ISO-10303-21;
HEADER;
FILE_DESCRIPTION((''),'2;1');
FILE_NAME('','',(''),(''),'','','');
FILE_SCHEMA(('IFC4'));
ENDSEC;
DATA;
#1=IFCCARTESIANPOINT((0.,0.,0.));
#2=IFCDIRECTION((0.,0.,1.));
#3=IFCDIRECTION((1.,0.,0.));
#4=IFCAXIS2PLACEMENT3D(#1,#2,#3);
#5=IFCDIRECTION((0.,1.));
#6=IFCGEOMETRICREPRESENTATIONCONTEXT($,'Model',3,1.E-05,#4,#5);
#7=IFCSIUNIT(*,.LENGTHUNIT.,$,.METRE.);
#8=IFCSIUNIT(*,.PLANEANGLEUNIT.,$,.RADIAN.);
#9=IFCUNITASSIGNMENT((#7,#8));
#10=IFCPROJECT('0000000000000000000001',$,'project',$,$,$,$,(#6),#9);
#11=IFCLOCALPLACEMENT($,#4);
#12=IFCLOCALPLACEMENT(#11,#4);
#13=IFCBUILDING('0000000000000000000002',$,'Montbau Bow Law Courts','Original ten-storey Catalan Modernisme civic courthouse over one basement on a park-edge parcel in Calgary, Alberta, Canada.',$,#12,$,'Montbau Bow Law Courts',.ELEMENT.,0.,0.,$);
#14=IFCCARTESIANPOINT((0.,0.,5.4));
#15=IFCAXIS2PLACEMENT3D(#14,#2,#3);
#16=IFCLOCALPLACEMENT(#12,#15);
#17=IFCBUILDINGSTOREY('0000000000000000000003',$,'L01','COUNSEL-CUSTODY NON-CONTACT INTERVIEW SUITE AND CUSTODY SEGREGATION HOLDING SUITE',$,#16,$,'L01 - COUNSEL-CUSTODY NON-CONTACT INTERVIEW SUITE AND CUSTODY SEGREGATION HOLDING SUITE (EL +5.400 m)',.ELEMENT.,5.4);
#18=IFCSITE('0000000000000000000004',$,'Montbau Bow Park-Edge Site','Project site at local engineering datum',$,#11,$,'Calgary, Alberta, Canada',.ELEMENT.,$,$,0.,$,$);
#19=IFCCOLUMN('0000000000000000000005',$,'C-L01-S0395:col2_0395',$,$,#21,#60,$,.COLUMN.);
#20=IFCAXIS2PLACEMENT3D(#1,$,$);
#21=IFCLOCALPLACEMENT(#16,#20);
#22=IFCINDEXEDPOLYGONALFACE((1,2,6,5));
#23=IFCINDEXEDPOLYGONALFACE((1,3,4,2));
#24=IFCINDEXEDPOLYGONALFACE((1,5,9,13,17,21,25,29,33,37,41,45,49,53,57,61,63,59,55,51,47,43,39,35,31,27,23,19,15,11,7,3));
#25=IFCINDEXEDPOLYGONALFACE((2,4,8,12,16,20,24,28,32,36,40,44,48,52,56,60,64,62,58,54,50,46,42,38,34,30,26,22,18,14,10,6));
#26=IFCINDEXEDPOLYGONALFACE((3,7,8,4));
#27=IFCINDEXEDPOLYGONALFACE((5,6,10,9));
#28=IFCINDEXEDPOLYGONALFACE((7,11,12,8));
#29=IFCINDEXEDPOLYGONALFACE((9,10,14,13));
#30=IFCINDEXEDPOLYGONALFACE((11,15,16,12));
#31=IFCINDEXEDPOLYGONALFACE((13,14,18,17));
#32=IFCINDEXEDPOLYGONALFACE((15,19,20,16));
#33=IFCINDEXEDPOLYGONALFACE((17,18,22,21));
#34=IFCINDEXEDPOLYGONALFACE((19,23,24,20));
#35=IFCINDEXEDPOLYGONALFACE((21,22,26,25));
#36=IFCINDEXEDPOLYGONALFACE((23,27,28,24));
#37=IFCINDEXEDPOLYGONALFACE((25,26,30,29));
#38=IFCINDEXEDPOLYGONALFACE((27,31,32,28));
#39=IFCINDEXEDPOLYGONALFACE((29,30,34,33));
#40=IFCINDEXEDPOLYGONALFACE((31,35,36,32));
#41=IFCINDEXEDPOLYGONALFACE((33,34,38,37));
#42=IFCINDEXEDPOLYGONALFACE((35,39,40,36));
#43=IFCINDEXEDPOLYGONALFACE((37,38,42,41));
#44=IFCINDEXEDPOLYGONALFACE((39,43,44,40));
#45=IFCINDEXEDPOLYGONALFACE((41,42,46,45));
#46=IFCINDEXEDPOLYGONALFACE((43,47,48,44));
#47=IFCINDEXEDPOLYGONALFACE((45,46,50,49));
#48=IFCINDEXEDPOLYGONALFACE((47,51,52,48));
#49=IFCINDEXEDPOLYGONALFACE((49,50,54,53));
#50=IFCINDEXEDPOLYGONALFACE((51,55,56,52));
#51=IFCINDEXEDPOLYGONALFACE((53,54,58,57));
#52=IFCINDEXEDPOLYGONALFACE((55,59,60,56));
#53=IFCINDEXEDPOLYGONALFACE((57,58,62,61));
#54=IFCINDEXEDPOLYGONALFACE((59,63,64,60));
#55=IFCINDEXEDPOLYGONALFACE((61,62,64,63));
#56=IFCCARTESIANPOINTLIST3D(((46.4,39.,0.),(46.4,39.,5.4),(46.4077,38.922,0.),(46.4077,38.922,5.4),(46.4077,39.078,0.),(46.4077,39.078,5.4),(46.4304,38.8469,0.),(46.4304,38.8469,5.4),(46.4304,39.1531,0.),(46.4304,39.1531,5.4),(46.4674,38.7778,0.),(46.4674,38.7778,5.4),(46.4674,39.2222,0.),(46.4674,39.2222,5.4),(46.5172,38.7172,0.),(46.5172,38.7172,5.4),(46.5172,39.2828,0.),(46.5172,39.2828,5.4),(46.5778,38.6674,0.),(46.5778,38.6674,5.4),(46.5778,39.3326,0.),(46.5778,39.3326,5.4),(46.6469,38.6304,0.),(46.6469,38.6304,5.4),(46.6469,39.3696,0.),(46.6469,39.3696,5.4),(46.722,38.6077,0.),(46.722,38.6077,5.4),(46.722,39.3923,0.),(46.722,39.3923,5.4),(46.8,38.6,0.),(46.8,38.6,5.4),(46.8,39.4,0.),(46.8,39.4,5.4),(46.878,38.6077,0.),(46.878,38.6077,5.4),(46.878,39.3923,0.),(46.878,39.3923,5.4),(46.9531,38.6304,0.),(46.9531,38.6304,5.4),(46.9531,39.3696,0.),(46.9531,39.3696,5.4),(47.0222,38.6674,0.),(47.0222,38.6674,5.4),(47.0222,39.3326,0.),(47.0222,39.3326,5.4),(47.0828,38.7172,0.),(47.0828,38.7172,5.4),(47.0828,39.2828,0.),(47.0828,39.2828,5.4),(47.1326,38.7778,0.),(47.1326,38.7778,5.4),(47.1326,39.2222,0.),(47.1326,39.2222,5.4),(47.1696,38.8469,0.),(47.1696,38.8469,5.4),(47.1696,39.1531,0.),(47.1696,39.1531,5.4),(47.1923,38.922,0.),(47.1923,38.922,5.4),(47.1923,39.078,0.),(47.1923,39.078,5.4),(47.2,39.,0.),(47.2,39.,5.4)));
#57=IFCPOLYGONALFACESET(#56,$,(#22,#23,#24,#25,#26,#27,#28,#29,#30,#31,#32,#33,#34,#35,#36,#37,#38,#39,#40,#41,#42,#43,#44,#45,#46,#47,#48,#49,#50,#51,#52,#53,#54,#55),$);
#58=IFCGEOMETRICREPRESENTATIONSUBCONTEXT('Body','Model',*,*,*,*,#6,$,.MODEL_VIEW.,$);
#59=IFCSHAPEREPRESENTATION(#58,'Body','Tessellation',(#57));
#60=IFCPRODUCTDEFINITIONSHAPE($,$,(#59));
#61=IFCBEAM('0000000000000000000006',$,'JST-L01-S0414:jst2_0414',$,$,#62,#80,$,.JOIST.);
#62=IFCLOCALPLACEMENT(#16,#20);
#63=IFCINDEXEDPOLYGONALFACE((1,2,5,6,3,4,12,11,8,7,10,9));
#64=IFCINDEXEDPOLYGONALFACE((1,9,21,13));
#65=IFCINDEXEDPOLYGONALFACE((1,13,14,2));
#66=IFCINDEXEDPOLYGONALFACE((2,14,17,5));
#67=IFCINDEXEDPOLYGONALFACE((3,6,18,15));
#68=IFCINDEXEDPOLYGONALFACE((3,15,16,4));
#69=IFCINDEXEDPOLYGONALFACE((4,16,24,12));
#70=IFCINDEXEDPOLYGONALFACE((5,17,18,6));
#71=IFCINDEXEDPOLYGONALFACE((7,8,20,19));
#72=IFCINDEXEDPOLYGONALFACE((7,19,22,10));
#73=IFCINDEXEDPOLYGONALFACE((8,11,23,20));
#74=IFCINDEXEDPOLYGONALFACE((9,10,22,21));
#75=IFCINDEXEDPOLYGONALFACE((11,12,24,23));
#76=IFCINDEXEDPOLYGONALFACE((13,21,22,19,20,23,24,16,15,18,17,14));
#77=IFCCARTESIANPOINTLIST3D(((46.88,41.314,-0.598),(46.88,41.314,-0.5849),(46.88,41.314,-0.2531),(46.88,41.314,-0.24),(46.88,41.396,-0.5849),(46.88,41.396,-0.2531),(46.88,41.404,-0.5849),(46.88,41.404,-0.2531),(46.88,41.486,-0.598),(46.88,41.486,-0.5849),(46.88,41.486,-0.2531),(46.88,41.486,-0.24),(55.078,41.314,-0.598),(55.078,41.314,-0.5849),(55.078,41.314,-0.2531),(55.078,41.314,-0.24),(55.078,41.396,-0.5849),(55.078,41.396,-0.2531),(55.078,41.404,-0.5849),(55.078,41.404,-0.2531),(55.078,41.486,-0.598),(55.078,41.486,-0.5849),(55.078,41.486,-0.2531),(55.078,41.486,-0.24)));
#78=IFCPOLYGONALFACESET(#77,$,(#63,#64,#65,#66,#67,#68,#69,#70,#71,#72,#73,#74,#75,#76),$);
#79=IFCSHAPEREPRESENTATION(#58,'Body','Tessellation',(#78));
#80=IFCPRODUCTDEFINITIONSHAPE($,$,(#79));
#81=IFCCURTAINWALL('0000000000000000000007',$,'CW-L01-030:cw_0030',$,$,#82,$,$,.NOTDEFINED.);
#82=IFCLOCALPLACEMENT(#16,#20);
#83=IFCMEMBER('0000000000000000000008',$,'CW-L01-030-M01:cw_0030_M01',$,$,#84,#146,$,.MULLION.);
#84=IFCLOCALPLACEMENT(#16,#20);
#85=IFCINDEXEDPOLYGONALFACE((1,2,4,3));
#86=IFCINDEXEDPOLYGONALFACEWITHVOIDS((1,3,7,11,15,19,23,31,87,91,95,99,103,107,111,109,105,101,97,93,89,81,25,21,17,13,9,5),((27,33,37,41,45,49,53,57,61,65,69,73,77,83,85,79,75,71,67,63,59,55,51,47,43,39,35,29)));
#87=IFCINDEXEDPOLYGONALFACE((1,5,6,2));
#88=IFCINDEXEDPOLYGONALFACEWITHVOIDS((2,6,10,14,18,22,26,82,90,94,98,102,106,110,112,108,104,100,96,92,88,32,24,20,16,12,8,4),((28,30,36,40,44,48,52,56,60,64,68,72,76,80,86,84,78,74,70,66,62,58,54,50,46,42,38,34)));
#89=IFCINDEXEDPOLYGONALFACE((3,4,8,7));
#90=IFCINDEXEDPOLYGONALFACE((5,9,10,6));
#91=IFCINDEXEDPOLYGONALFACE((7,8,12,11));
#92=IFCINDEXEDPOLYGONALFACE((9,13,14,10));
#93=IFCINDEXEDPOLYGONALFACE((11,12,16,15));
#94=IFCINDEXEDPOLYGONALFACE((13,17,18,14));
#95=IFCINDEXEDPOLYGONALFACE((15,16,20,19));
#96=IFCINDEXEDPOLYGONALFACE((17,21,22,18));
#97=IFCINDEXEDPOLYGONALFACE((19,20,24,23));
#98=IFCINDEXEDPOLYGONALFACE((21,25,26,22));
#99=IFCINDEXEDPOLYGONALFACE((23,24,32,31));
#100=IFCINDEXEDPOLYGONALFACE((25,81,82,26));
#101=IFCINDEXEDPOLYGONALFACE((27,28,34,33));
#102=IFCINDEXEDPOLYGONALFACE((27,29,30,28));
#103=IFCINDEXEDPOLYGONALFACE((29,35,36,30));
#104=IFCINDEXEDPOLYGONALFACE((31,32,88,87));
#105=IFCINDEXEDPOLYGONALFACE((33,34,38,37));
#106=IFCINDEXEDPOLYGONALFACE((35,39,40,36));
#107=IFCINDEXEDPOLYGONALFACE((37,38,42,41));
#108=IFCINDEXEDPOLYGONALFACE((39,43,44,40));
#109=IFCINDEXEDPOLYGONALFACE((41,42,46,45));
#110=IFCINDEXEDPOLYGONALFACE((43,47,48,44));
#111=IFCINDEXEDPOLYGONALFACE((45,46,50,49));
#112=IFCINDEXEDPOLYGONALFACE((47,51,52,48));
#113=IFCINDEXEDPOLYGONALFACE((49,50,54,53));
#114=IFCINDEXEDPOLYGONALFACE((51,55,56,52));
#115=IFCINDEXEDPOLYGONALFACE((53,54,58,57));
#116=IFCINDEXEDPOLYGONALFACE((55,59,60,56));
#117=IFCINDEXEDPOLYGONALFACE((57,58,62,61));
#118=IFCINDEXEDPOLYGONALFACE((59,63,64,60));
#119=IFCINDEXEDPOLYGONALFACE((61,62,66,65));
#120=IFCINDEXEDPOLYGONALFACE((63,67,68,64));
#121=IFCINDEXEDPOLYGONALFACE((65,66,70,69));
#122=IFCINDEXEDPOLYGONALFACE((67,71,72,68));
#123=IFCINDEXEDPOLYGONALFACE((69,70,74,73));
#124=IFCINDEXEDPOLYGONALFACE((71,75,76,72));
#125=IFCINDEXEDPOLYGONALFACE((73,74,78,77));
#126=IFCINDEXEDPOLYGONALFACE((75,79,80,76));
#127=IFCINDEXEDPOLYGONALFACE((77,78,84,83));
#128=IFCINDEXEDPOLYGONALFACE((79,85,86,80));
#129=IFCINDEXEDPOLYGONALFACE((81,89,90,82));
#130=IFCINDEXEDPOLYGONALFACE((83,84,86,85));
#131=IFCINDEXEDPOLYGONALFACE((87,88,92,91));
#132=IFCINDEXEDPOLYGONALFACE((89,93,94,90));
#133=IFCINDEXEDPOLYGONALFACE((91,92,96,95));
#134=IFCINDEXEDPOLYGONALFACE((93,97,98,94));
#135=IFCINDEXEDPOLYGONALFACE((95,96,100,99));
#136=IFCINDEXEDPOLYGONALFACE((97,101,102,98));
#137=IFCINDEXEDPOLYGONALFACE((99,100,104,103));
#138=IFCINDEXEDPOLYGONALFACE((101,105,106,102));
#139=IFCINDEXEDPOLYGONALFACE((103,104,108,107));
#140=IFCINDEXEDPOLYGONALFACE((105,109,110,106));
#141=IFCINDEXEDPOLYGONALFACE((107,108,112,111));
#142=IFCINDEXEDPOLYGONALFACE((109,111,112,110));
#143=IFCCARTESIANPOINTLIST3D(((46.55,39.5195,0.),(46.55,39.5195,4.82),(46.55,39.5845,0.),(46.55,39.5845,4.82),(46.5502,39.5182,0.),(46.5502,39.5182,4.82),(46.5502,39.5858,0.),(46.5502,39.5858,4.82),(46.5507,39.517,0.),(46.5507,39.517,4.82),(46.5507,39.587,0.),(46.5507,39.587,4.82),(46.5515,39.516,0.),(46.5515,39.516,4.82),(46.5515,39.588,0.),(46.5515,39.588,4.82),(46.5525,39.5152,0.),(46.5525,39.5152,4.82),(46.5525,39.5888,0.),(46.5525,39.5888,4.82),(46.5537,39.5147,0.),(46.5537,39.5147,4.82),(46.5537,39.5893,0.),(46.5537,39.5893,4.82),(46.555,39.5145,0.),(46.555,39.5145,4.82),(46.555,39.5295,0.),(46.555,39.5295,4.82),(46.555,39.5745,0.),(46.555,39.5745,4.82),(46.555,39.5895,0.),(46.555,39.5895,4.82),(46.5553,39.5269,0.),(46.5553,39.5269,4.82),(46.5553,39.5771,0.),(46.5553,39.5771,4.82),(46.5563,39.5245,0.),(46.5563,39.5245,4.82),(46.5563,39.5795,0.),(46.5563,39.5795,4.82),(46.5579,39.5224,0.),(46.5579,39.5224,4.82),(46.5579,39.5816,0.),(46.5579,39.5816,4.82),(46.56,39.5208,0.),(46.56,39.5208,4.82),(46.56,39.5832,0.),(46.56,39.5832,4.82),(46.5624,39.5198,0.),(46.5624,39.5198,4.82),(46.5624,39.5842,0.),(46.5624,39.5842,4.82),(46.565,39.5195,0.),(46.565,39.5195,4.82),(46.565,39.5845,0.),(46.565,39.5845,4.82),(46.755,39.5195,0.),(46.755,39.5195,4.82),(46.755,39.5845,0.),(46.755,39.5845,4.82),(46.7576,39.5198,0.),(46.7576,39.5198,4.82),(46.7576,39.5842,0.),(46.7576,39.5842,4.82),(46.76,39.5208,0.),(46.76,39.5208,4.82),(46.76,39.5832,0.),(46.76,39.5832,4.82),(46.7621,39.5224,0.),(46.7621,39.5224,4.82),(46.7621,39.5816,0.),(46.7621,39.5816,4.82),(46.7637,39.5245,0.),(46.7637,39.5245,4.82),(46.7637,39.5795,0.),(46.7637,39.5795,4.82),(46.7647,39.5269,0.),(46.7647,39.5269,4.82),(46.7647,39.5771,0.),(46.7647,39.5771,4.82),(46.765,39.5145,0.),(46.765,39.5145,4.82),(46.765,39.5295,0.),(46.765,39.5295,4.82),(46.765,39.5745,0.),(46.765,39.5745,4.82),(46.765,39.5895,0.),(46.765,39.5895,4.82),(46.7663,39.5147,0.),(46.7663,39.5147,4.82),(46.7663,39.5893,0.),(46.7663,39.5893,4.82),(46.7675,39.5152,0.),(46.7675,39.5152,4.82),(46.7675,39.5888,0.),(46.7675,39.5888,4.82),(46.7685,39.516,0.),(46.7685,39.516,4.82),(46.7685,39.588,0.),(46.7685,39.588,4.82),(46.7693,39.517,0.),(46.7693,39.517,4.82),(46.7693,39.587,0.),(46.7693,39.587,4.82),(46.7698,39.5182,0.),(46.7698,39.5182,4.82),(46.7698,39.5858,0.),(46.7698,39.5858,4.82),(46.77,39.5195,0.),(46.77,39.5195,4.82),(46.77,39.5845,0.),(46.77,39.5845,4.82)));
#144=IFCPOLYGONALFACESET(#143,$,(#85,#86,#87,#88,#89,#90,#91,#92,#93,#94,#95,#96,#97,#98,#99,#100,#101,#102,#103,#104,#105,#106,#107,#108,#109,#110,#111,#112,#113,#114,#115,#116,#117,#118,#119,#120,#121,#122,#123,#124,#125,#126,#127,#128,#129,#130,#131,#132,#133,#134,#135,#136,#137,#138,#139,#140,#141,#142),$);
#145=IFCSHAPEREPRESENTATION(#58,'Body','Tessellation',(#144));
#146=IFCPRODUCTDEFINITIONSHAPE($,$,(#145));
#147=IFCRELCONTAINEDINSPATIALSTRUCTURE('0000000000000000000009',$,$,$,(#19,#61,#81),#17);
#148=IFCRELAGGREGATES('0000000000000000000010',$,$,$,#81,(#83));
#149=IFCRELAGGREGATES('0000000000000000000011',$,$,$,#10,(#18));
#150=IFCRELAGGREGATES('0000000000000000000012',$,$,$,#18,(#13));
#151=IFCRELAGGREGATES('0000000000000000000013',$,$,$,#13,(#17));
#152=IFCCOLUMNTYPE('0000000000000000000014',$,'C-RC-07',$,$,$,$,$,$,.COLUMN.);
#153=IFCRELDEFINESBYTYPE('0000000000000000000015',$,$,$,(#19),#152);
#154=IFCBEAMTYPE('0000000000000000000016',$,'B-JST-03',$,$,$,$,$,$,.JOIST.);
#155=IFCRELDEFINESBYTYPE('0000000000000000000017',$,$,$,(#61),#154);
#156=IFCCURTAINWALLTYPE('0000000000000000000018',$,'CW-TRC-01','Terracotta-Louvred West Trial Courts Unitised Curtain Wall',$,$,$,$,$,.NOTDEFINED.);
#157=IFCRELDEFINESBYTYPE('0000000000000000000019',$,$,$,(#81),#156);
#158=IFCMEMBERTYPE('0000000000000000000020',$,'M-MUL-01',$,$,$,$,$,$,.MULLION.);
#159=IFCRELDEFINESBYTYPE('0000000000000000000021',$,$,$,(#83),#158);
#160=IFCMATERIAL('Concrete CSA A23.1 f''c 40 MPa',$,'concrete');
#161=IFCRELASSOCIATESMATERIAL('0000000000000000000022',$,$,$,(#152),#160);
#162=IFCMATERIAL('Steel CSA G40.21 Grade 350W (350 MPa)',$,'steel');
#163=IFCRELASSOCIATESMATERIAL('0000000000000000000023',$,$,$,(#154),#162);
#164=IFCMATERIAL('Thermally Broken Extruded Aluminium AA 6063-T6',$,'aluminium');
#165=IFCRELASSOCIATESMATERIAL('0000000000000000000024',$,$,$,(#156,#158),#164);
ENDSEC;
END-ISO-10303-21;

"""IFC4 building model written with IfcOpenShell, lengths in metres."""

from ifc_helpers import new_model, si_unit, direction, frame, origin_with_axes, origin_2d_with_axis, place, context, subcontext, project, spatial, hollow_rectangle, circle, i_section, extrude, material, material_profile, profile_set, type_object, element, aggregate, save


model = new_model("IFC4")

# Units and contexts
model_context = context("Model", 3, precision=1e-05, world=origin_with_axes(), true_north=direction((0.0, 1.0)))
body_context = subcontext(model_context, "Body", "Model", "MODEL_VIEW")
ifc_project = project(units=[si_unit("LENGTHUNIT", "METRE"), si_unit("PLANEANGLEUNIT", "RADIAN")], contexts=[model_context])

# Site, building, storey
site_placement = place(None, origin_with_axes())
site = spatial("IfcSite", under=ifc_project, at=site_placement, Name="Montbau Bow Park-Edge Site", Description="Project site at local engineering datum", LongName="Calgary, Alberta, Canada", CompositionType="ELEMENT", RefElevation=0.0)
building_placement = place(site_placement, origin_with_axes())
building = spatial("IfcBuilding", under=site, at=building_placement, Name="Montbau Bow Law Courts", Description="Original ten-storey Catalan Modernisme civic courthouse over one basement on a park-edge parcel in Calgary, Alberta, Canada.", LongName="Montbau Bow Law Courts", CompositionType="ELEMENT", ElevationOfRefHeight=0.0, ElevationOfTerrain=0.0)
storey_placement = place(building_placement, frame((0.0, 0.0, 5.4), z_axis=(0.0, 0.0, 1.0), x_axis=(1.0, 0.0, 0.0)))
storey = spatial("IfcBuildingStorey", under=building, at=storey_placement, Name="L01", Description="COUNSEL-CUSTODY NON-CONTACT INTERVIEW SUITE AND CUSTODY SEGREGATION HOLDING SUITE", LongName="L01 - COUNSEL-CUSTODY NON-CONTACT INTERVIEW SUITE AND CUSTODY SEGREGATION HOLDING SUITE (EL +5.400 m)", CompositionType="ELEMENT", Elevation=5.4)

# Column
ifc_material_1 = material(Name="Concrete CSA A23.1 f'c 40 MPa", Category="concrete")
ifc_material_profile_1 = material_profile(ifc_material_1, circle(Radius=0.4, at=origin_2d_with_axis()), Name="RC800D", Category="Main", Priority=0)
ifc_profile_set_1 = profile_set([ifc_material_profile_1], Name="Concrete CSA A23.1 f'c 40 MPa")
column_type = type_object("IfcColumnType", Name="C-RC-07", PredefinedType="COLUMN", material=ifc_profile_set_1)
column_placement = place(None, frame((46.8, 39.0, 5.4), z_axis=(0.0, 0.0, 1.0), x_axis=(1.0, 0.0, 0.0)))
element("IfcColumn", 1, at=column_placement, inside=storey, type_object=column_type, Name="C-L01-S0395:col2_0395", PredefinedType="COLUMN", context=body_context, shape_type="SweptSolid", body=[
    extrude(circle(Radius=0.4, at=origin_2d_with_axis()), origin_with_axes(), (0.0, 0.0, 1.0), 5.4),
])

# Beam
ifc_material_2 = material(Name="Steel CSA G40.21 Grade 350W (350 MPa)", Category="steel")
ifc_material_profile_2 = material_profile(ifc_material_2, i_section(OverallWidth=0.172, OverallDepth=0.358, WebThickness=0.0079, FlangeThickness=0.0131, at=origin_2d_with_axis()), Name="W360X57", Category="Main", Priority=0)
ifc_profile_set_2 = profile_set([ifc_material_profile_2], Name="Steel CSA G40.21 Grade 350W (350 MPa)")
beam_type = type_object("IfcBeamType", Name="B-JST-03", PredefinedType="JOIST", material=ifc_profile_set_2)
beam_placement = place(None, frame((46.88, 41.4, 4.981), z_axis=(1.0, 0.0, 0.0), x_axis=(0.0, 1.0, 0.0)))
element("IfcBeam", 2, at=beam_placement, inside=storey, type_object=beam_type, Name="JST-L01-S0414:jst2_0414", PredefinedType="JOIST", context=body_context, shape_type="SweptSolid", body=[
    extrude(i_section(OverallWidth=0.172, OverallDepth=0.358, WebThickness=0.0079, FlangeThickness=0.0131, at=origin_2d_with_axis()), origin_with_axes(), (0.0, 0.0, 1.0), 8.198),
])

# Curtain wall, member
ifc_material_3 = material(Name="Thermally Broken Extruded Aluminium AA 6063-T6", Category="aluminium")
curtain_wall_type_1 = type_object("IfcCurtainWallType", Name="CW-TRC-01", Description="Terracotta-Louvred West Trial Courts Unitised Curtain Wall", PredefinedType="NOTDEFINED", material=ifc_material_3)
curtain_wall_1_placement = place(None, frame((46.66, 39.515, 5.4), z_axis=(0.0, 0.0, 1.0), x_axis=(1.0, 0.0, 0.0)))
curtain_wall_1 = element("IfcCurtainWall", 3, at=curtain_wall_1_placement, inside=storey, type_object=curtain_wall_type_1, Name="CW-L01-030:cw_0030", PredefinedType="NOTDEFINED")
ifc_material_profile_3 = material_profile(ifc_material_3, hollow_rectangle(XDim=0.075, YDim=0.22, WallThickness=0.005, InnerFilletRadius=0.01, OuterFilletRadius=0.005, at=origin_2d_with_axis()), Name="CWM-220X75", Category="Main", Priority=0)
ifc_profile_set_3 = profile_set([ifc_material_profile_3], Name="Thermally Broken Extruded Aluminium AA 6063-T6")
member_type_1 = type_object("IfcMemberType", Name="M-MUL-01", PredefinedType="MULLION", material=ifc_profile_set_3)
member_1_placement = place(None, frame((46.66, 39.552, 5.4), z_axis=(0.0, 0.0, 1.0), x_axis=(0.0, 1.0, 0.0)))
member_1 = element("IfcMember", 4, at=member_1_placement, type_object=member_type_1, Name="CW-L01-030-M01:cw_0030_M01", PredefinedType="MULLION", context=body_context, shape_type="SweptSolid", body=[
    extrude(hollow_rectangle(XDim=0.075, YDim=0.22, WallThickness=0.005, InnerFilletRadius=0.01, OuterFilletRadius=0.005, at=origin_2d_with_axis()), origin_with_axes(), (0.0, 0.0, 1.0), 4.82),
])

aggregate(curtain_wall_1, [member_1])

save(model, "model.ifc")
